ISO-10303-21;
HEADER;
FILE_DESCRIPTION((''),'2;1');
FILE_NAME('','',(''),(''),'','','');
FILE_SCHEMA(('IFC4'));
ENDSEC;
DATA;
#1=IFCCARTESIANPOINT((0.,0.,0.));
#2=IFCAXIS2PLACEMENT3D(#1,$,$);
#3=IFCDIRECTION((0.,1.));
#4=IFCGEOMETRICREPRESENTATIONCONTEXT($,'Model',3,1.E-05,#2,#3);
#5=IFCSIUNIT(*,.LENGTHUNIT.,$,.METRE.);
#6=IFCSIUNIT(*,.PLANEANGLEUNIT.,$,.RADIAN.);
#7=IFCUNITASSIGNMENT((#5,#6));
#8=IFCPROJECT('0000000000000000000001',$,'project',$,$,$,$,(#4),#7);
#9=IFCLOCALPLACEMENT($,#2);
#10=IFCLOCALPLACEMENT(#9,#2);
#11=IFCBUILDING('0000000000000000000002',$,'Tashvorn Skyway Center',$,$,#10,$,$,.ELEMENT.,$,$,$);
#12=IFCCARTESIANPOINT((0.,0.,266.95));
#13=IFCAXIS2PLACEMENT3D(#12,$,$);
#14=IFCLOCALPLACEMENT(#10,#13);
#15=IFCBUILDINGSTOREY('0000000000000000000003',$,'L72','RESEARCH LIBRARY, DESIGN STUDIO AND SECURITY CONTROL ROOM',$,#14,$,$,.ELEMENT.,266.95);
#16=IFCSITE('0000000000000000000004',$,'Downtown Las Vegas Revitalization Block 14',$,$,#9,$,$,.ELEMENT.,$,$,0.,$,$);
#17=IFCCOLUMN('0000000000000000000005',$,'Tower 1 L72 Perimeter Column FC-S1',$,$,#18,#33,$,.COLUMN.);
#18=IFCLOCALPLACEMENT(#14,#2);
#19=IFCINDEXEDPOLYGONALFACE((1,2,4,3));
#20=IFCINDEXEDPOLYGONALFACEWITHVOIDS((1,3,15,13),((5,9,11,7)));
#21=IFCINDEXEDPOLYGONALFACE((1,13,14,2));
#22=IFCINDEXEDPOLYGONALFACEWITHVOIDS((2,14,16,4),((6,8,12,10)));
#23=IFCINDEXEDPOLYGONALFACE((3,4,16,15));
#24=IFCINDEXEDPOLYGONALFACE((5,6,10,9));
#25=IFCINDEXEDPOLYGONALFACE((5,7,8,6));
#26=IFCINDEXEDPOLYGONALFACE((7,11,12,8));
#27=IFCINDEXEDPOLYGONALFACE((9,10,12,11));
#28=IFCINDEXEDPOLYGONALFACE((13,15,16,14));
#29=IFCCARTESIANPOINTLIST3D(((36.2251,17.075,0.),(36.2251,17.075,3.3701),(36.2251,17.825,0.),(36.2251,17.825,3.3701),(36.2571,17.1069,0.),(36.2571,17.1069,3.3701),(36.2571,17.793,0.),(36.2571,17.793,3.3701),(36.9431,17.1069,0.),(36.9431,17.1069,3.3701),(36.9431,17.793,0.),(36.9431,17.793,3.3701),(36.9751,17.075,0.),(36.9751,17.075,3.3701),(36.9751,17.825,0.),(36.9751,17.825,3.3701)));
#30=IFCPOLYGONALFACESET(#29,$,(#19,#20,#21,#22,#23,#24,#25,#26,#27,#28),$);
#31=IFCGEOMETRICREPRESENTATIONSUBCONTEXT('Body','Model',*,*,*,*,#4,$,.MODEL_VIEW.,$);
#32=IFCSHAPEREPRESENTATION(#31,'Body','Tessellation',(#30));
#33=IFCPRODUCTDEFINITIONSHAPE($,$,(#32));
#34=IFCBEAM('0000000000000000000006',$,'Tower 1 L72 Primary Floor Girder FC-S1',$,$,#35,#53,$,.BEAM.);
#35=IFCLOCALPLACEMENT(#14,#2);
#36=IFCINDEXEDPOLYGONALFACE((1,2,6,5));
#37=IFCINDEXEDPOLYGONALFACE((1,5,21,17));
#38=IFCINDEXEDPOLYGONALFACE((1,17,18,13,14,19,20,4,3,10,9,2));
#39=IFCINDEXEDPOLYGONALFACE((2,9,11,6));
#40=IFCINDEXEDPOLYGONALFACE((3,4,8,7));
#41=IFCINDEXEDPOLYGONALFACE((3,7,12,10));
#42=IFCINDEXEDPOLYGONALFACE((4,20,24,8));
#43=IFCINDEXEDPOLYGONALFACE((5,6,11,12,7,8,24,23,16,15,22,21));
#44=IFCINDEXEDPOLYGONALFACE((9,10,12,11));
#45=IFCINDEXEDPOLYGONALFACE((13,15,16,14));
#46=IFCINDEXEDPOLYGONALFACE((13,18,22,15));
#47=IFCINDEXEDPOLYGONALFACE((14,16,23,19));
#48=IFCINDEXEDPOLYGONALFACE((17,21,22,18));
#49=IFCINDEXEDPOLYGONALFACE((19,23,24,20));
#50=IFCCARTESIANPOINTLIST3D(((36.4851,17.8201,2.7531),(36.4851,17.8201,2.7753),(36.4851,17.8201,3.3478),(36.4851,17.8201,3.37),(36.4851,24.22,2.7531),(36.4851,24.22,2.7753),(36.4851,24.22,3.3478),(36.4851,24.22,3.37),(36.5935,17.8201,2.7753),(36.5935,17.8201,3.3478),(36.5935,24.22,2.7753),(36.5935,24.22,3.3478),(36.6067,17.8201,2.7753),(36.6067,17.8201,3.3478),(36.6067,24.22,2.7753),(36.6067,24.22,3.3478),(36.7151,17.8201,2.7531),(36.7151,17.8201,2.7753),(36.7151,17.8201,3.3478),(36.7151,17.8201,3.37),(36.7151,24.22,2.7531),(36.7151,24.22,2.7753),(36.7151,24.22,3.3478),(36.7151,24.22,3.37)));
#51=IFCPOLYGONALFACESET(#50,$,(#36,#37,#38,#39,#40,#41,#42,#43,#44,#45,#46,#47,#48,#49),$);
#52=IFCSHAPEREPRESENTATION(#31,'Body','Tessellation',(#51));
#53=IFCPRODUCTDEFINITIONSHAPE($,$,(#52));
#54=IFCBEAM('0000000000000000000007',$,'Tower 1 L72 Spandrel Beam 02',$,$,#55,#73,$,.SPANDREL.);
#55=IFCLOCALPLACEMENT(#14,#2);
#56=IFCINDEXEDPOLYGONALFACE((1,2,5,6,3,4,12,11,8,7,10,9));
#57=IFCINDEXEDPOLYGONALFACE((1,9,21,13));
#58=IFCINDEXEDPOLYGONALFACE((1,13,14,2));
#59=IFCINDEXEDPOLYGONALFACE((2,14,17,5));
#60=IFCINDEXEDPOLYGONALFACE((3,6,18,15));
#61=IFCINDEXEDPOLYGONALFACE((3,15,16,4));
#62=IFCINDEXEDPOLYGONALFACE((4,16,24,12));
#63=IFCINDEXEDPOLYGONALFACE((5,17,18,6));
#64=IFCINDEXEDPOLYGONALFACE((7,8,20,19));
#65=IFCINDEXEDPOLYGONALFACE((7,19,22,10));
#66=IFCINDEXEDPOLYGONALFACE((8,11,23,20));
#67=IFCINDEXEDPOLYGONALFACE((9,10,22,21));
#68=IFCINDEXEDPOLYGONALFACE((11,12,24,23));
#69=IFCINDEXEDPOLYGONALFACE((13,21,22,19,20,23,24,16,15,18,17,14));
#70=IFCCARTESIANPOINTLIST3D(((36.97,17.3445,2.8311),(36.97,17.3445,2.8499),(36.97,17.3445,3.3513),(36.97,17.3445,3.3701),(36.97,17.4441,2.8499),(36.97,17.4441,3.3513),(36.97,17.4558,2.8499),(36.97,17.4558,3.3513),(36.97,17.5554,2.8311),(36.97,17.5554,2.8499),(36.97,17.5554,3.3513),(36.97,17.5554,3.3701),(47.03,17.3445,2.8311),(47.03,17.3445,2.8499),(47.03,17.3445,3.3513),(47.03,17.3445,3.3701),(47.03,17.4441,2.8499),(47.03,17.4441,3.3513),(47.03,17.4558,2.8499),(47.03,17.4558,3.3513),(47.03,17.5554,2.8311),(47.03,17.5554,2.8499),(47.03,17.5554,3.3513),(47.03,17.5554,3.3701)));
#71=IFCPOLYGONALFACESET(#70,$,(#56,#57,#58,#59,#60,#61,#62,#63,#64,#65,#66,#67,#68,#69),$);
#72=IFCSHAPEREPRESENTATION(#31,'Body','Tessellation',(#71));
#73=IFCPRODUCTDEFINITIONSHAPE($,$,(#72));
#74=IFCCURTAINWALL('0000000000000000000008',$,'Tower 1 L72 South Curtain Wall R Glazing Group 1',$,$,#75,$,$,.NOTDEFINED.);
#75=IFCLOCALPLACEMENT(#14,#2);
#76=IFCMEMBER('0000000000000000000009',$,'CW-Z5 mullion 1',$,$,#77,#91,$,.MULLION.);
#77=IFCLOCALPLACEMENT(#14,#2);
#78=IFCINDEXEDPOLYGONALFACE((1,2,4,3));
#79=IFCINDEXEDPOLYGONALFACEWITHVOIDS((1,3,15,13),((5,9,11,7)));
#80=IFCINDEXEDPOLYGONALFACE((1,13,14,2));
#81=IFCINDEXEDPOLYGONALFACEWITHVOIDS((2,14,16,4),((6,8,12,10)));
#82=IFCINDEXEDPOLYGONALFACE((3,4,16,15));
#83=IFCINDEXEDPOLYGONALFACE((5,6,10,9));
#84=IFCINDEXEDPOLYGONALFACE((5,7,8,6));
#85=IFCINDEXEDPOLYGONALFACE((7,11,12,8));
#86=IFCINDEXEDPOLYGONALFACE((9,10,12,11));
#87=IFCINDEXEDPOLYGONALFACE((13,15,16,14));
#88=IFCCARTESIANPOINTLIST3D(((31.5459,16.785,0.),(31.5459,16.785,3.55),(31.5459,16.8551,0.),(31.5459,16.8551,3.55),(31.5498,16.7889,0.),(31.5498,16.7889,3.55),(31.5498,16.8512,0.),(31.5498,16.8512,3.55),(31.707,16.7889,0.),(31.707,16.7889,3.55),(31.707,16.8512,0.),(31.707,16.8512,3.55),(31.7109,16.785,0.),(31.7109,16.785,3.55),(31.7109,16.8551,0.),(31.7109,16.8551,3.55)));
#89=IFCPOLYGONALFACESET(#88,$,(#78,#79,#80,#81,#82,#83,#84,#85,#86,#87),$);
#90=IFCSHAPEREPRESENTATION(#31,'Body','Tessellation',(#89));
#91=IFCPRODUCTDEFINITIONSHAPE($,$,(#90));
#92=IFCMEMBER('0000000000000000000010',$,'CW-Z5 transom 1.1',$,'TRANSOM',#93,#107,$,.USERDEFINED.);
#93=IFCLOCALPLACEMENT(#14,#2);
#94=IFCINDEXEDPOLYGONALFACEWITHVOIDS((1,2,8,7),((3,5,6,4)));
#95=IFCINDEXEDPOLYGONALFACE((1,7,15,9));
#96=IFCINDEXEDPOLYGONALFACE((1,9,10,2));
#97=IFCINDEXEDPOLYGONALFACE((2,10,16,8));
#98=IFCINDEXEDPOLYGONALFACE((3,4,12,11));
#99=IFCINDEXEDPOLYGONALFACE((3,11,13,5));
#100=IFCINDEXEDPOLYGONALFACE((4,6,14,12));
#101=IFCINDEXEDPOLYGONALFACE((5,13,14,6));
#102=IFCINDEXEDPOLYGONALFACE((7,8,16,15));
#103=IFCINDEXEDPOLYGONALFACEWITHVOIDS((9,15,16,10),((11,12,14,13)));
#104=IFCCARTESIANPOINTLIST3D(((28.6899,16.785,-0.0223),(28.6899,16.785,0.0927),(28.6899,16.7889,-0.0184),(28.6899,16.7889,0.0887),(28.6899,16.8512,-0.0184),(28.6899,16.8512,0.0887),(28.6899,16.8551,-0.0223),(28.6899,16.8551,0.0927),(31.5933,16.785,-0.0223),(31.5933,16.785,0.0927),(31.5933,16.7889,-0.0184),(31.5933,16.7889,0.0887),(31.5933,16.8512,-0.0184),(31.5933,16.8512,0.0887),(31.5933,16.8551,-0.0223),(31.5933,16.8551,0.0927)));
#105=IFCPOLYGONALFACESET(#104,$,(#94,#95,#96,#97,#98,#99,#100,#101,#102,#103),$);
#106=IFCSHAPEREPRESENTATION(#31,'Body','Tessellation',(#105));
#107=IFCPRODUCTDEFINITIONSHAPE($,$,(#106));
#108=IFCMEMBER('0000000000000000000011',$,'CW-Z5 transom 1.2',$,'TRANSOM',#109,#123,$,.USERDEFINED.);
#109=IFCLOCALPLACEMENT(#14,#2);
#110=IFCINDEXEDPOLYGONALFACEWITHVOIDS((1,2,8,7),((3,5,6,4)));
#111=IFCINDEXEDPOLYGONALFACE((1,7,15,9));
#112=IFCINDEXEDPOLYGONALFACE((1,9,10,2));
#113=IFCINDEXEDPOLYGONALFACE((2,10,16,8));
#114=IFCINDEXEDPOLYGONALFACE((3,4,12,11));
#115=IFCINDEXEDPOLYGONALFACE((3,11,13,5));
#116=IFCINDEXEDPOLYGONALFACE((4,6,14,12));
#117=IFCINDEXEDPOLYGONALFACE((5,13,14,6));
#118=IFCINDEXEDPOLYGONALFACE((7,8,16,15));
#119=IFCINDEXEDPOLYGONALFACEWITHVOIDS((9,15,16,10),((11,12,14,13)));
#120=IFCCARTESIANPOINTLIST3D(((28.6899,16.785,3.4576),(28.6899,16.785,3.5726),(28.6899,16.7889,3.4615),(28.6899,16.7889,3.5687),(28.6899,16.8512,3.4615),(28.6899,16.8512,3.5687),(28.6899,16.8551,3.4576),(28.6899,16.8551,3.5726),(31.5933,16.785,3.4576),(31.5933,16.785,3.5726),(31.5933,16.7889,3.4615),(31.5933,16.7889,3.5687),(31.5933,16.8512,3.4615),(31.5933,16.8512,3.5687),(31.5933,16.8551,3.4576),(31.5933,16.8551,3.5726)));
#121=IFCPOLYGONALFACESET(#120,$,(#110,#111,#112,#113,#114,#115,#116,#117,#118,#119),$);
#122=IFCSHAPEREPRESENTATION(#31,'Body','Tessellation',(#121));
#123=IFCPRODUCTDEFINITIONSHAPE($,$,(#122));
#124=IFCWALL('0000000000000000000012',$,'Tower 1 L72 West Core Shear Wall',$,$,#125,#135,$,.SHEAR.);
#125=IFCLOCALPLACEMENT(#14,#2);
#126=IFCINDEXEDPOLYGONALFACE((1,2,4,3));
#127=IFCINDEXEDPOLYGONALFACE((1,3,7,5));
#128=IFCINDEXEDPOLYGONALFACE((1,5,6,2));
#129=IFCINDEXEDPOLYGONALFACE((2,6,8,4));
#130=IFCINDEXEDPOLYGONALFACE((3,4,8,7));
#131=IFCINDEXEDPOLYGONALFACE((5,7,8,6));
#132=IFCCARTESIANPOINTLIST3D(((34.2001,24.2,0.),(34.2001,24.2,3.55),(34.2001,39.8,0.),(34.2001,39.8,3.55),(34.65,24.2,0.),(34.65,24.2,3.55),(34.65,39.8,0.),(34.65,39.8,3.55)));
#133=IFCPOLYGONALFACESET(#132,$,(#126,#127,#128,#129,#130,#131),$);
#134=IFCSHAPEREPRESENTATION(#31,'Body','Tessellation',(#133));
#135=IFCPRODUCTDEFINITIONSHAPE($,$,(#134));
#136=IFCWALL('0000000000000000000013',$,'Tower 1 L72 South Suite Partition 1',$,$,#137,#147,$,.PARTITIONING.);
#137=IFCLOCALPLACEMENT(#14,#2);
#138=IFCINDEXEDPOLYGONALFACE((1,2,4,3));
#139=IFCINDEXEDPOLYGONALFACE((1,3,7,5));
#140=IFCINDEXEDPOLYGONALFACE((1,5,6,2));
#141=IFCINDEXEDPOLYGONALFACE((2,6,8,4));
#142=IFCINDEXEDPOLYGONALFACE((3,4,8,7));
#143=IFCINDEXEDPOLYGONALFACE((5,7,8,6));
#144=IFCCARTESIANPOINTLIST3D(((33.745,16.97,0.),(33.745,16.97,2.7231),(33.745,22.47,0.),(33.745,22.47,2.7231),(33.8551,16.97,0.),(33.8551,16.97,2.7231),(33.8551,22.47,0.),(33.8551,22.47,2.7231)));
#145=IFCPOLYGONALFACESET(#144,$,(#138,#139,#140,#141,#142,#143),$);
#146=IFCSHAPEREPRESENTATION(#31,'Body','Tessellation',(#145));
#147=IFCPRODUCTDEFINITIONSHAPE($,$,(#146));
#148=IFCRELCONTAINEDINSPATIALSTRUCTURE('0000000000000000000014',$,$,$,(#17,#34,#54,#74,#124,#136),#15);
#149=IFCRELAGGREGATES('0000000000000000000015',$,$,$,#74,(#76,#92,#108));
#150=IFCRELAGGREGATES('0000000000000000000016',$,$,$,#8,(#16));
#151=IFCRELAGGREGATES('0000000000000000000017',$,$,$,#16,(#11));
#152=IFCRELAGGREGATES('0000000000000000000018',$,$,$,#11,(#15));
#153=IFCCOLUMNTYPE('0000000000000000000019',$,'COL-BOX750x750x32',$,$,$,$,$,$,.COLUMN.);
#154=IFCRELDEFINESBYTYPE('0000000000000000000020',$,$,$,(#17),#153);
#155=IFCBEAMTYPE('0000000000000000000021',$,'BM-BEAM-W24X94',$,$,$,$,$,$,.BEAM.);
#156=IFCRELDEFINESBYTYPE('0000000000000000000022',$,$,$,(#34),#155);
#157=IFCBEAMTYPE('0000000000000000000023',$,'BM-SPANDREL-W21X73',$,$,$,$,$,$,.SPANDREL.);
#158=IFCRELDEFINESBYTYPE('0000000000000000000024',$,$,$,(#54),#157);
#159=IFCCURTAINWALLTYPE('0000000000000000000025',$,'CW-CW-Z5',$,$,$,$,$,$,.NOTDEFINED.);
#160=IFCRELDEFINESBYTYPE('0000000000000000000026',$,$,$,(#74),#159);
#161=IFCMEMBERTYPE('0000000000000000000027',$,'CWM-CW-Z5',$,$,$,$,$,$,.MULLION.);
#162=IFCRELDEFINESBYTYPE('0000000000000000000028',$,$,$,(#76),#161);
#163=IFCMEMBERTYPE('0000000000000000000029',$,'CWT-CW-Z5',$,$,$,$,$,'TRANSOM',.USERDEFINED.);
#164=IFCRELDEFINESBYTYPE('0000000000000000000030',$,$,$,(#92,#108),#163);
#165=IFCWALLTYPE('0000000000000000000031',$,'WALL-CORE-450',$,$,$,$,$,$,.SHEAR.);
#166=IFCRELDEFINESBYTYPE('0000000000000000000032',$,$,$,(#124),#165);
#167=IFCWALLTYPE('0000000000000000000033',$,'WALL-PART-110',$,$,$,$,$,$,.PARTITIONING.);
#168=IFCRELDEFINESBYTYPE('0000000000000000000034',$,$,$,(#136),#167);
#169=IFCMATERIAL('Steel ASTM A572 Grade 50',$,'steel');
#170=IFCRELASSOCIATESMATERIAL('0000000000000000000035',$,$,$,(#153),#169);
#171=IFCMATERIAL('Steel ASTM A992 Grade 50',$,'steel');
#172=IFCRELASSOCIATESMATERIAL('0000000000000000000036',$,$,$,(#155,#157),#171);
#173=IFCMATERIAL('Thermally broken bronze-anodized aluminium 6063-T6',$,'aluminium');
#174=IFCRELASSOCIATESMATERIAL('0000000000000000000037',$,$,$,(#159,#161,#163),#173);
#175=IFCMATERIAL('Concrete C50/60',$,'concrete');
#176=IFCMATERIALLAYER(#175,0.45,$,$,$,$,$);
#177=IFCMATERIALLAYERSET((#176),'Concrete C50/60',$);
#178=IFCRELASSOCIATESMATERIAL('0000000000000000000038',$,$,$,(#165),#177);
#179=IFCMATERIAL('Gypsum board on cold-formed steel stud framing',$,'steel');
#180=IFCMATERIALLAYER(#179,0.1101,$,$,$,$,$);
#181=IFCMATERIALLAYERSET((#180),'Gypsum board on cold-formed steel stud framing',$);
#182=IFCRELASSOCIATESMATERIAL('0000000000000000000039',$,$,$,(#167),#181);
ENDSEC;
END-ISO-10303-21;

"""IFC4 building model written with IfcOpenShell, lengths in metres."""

from ifc_helpers import new_model, si_unit, direction, frame, frame_2d, origin, origin_2d, place, context, subcontext, project, spatial, rectangle, hollow_rectangle, i_section, extrude, material, layer, layer_set, material_profile, profile_set, type_object, element, aggregate, save


model = new_model("IFC4")

# Units and contexts
model_context = context("Model", 3, precision=1e-05, world=origin(), true_north=direction((0.0, 1.0)))
body_context = subcontext(model_context, "Body", "Model", "MODEL_VIEW")
ifc_project = project(units=[si_unit("LENGTHUNIT", "METRE"), si_unit("PLANEANGLEUNIT", "RADIAN")], contexts=[model_context])

# Site, building, storey
site_placement = place(None, origin())
site = spatial("IfcSite", under=ifc_project, at=site_placement, Name="Downtown Las Vegas Revitalization Block 14", CompositionType="ELEMENT", RefElevation=0.0)
building_placement = place(site_placement, origin())
building = spatial("IfcBuilding", under=site, at=building_placement, Name="Tashvorn Skyway Center", CompositionType="ELEMENT")
storey_placement = place(building_placement, frame((0.0, 0.0, 266.95)))
storey = spatial("IfcBuildingStorey", under=building, at=storey_placement, Name="L72", Description="RESEARCH LIBRARY, DESIGN STUDIO AND SECURITY CONTROL ROOM", CompositionType="ELEMENT", Elevation=266.95)

# Column
ifc_material_1 = material(Name="Steel ASTM A572 Grade 50", Category="steel")
ifc_material_profile_1 = material_profile(ifc_material_1, hollow_rectangle(XDim=0.75, YDim=0.75, WallThickness=0.032, at=origin_2d()), Name="BOX750x750x32")
ifc_profile_set_1 = profile_set([ifc_material_profile_1], Name="Steel ASTM A572 Grade 50")
column_type = type_object("IfcColumnType", Name="COL-BOX750x750x32", PredefinedType="COLUMN", material=ifc_profile_set_1)
column_placement = place(storey_placement, frame((36.6001, 17.45, 0.0), z_axis=(0.0, 0.0, 1.0), x_axis=(1.0, 0.0, 0.0)))
element("IfcColumn", 1, at=column_placement, inside=storey, type_object=column_type, Name="Tower 1 L72 Perimeter Column FC-S1", PredefinedType="COLUMN", context=body_context, shape_type="SweptSolid", body=[
    extrude(hollow_rectangle(XDim=0.75, YDim=0.75, WallThickness=0.032, at=origin_2d()), origin(), (0.0, 0.0, 1.0), 3.3701),
])

# Beams
ifc_material_2 = material(Name="Steel ASTM A992 Grade 50", Category="steel")
ifc_material_profile_2 = material_profile(ifc_material_2, i_section(OverallWidth=0.23, OverallDepth=0.6169, WebThickness=0.0132, FlangeThickness=0.0222, at=origin_2d()), Name="W24X94")
ifc_profile_set_2 = profile_set([ifc_material_profile_2], Name="Steel ASTM A992 Grade 50")
beam_type_1 = type_object("IfcBeamType", Name="BM-BEAM-W24X94", PredefinedType="BEAM", material=ifc_profile_set_2)
beam_1_placement = place(storey_placement, frame((36.6001, 17.8201, 3.0615), z_axis=(0.0, 1.0, 0.0), x_axis=(-1.0, 0.0, 0.0)))
element("IfcBeam", 2, at=beam_1_placement, inside=storey, type_object=beam_type_1, Name="Tower 1 L72 Primary Floor Girder FC-S1", PredefinedType="BEAM", context=body_context, shape_type="SweptSolid", body=[
    extrude(i_section(OverallWidth=0.23, OverallDepth=0.6169, WebThickness=0.0132, FlangeThickness=0.0222, at=origin_2d()), origin(), (0.0, 0.0, 1.0), 6.3999),
])
ifc_material_profile_3 = material_profile(ifc_material_2, i_section(OverallWidth=0.2109, OverallDepth=0.5391, WebThickness=0.0117, FlangeThickness=0.0188, at=origin_2d()), Name="W21X73")
ifc_profile_set_3 = profile_set([ifc_material_profile_3], Name="Steel ASTM A992 Grade 50")
beam_type_2 = type_object("IfcBeamType", Name="BM-SPANDREL-W21X73", PredefinedType="SPANDREL", material=ifc_profile_set_3)
beam_2_placement = place(storey_placement, frame((36.97, 17.45, 3.1006), z_axis=(1.0, 0.0, 0.0), x_axis=(0.0, 1.0, 0.0)))
element("IfcBeam", 3, at=beam_2_placement, inside=storey, type_object=beam_type_2, Name="Tower 1 L72 Spandrel Beam 02", PredefinedType="SPANDREL", context=body_context, shape_type="SweptSolid", body=[
    extrude(i_section(OverallWidth=0.2109, OverallDepth=0.5391, WebThickness=0.0117, FlangeThickness=0.0188, at=origin_2d()), origin(), (0.0, 0.0, 1.0), 10.0601),
])

# Curtain wall, members
ifc_material_3 = material(Name="Thermally broken bronze-anodized aluminium 6063-T6", Category="aluminium")
curtain_wall_type = type_object("IfcCurtainWallType", Name="CW-CW-Z5", PredefinedType="NOTDEFINED", material=ifc_material_3)
curtain_wall_placement = place(storey_placement, origin())
curtain_wall = element("IfcCurtainWall", 4, at=curtain_wall_placement, inside=storey, type_object=curtain_wall_type, Name="Tower 1 L72 South Curtain Wall R Glazing Group 1", PredefinedType="NOTDEFINED")
ifc_material_profile_4 = material_profile(ifc_material_3, hollow_rectangle(XDim=0.0701, YDim=0.165, WallThickness=0.0039, at=origin_2d()), Name="ALU-MULL-70x165")
ifc_profile_set_4 = profile_set([ifc_material_profile_4], Name="Thermally broken bronze-anodized aluminium 6063-T6")
member_type_1 = type_object("IfcMemberType", Name="CWM-CW-Z5", PredefinedType="MULLION", material=ifc_profile_set_4)
member_1_placement = place(storey_placement, frame((31.6284, 16.8201, 0.0), z_axis=(0.0, 0.0, 1.0), x_axis=(0.0, -1.0, 0.0)))
member_1 = element("IfcMember", 5, at=member_1_placement, type_object=member_type_1, Name="CW-Z5 mullion 1", PredefinedType="MULLION", context=body_context, shape_type="SweptSolid", body=[
    extrude(hollow_rectangle(XDim=0.0701, YDim=0.165, WallThickness=0.0039, at=origin_2d()), origin(), (0.0, 0.0, 1.0), 3.55),
])
ifc_material_profile_5 = material_profile(ifc_material_3, hollow_rectangle(XDim=0.0701, YDim=0.115, WallThickness=0.0039, at=origin_2d()), Name="ALU-TRAN-70x115")
ifc_profile_set_5 = profile_set([ifc_material_profile_5], Name="Thermally broken bronze-anodized aluminium 6063-T6")
member_type_2 = type_object("IfcMemberType", Name="CWT-CW-Z5", ElementType="TRANSOM", PredefinedType="USERDEFINED", material=ifc_profile_set_5)
member_2_placement = place(storey_placement, frame((31.5933, 16.8201, 0.0352), z_axis=(-1.0, 0.0, 0.0), x_axis=(0.0, -1.0, 0.0)))
member_2 = element("IfcMember", 6, at=member_2_placement, type_object=member_type_2, Name="CW-Z5 transom 1.1", ObjectType="TRANSOM", PredefinedType="USERDEFINED", context=body_context, shape_type="SweptSolid", body=[
    extrude(hollow_rectangle(XDim=0.0701, YDim=0.115, WallThickness=0.0039, at=origin_2d()), origin(), (0.0, 0.0, 1.0), 2.9033),
])
member_3_placement = place(storey_placement, frame((31.5933, 16.8201, 3.5151), z_axis=(-1.0, 0.0, 0.0), x_axis=(0.0, -1.0, 0.0)))
member_3 = element("IfcMember", 7, at=member_3_placement, type_object=member_type_2, Name="CW-Z5 transom 1.2", ObjectType="TRANSOM", PredefinedType="USERDEFINED", context=body_context, shape_type="SweptSolid", body=[
    extrude(hollow_rectangle(XDim=0.0701, YDim=0.115, WallThickness=0.0039, at=origin_2d()), origin(), (0.0, 0.0, 1.0), 2.9033),
])
aggregate(curtain_wall, [member_1, member_2, member_3])

# Wall
ifc_material_4 = material(Name="Concrete C50/60", Category="concrete")
ifc_layer_1 = layer(ifc_material_4, 0.45)
ifc_layer_set_1 = layer_set([ifc_layer_1], Name="Concrete C50/60")
wall_type_1 = type_object("IfcWallType", Name="WALL-CORE-450", PredefinedType="SHEAR", material=ifc_layer_set_1)
wall_1_placement = place(storey_placement, frame((34.425, 24.2, 0.0), z_axis=(0.0, 0.0, 1.0), x_axis=(0.0, 1.0, 0.0)))
element("IfcWall", 8, at=wall_1_placement, inside=storey, type_object=wall_type_1, Name="Tower 1 L72 West Core Shear Wall", PredefinedType="SHEAR", context=body_context, shape_type="SweptSolid", body=[
    extrude(rectangle(XDim=15.6001, YDim=0.45, at=frame_2d((7.8, 0.0))), origin(), (0.0, 0.0, 1.0), 3.55),
])

# Wall
ifc_material_5 = material(Name="Gypsum board on cold-formed steel stud framing", Category="steel")
ifc_layer_2 = layer(ifc_material_5, 0.1101)
ifc_layer_set_2 = layer_set([ifc_layer_2], Name="Gypsum board on cold-formed steel stud framing")
wall_type_2 = type_object("IfcWallType", Name="WALL-PART-110", PredefinedType="PARTITIONING", material=ifc_layer_set_2)
wall_2_placement = place(storey_placement, frame((33.8, 16.97, 0.0), z_axis=(0.0, 0.0, 1.0), x_axis=(0.0, 1.0, 0.0)))
element("IfcWall", 9, at=wall_2_placement, inside=storey, type_object=wall_type_2, Name="Tower 1 L72 South Suite Partition 1", PredefinedType="PARTITIONING", context=body_context, shape_type="SweptSolid", body=[
    extrude(rectangle(XDim=5.5, YDim=0.1101, at=frame_2d((2.75, 0.0))), origin(), (0.0, 0.0, 1.0), 2.7231),
])

save(model, "model.ifc")
